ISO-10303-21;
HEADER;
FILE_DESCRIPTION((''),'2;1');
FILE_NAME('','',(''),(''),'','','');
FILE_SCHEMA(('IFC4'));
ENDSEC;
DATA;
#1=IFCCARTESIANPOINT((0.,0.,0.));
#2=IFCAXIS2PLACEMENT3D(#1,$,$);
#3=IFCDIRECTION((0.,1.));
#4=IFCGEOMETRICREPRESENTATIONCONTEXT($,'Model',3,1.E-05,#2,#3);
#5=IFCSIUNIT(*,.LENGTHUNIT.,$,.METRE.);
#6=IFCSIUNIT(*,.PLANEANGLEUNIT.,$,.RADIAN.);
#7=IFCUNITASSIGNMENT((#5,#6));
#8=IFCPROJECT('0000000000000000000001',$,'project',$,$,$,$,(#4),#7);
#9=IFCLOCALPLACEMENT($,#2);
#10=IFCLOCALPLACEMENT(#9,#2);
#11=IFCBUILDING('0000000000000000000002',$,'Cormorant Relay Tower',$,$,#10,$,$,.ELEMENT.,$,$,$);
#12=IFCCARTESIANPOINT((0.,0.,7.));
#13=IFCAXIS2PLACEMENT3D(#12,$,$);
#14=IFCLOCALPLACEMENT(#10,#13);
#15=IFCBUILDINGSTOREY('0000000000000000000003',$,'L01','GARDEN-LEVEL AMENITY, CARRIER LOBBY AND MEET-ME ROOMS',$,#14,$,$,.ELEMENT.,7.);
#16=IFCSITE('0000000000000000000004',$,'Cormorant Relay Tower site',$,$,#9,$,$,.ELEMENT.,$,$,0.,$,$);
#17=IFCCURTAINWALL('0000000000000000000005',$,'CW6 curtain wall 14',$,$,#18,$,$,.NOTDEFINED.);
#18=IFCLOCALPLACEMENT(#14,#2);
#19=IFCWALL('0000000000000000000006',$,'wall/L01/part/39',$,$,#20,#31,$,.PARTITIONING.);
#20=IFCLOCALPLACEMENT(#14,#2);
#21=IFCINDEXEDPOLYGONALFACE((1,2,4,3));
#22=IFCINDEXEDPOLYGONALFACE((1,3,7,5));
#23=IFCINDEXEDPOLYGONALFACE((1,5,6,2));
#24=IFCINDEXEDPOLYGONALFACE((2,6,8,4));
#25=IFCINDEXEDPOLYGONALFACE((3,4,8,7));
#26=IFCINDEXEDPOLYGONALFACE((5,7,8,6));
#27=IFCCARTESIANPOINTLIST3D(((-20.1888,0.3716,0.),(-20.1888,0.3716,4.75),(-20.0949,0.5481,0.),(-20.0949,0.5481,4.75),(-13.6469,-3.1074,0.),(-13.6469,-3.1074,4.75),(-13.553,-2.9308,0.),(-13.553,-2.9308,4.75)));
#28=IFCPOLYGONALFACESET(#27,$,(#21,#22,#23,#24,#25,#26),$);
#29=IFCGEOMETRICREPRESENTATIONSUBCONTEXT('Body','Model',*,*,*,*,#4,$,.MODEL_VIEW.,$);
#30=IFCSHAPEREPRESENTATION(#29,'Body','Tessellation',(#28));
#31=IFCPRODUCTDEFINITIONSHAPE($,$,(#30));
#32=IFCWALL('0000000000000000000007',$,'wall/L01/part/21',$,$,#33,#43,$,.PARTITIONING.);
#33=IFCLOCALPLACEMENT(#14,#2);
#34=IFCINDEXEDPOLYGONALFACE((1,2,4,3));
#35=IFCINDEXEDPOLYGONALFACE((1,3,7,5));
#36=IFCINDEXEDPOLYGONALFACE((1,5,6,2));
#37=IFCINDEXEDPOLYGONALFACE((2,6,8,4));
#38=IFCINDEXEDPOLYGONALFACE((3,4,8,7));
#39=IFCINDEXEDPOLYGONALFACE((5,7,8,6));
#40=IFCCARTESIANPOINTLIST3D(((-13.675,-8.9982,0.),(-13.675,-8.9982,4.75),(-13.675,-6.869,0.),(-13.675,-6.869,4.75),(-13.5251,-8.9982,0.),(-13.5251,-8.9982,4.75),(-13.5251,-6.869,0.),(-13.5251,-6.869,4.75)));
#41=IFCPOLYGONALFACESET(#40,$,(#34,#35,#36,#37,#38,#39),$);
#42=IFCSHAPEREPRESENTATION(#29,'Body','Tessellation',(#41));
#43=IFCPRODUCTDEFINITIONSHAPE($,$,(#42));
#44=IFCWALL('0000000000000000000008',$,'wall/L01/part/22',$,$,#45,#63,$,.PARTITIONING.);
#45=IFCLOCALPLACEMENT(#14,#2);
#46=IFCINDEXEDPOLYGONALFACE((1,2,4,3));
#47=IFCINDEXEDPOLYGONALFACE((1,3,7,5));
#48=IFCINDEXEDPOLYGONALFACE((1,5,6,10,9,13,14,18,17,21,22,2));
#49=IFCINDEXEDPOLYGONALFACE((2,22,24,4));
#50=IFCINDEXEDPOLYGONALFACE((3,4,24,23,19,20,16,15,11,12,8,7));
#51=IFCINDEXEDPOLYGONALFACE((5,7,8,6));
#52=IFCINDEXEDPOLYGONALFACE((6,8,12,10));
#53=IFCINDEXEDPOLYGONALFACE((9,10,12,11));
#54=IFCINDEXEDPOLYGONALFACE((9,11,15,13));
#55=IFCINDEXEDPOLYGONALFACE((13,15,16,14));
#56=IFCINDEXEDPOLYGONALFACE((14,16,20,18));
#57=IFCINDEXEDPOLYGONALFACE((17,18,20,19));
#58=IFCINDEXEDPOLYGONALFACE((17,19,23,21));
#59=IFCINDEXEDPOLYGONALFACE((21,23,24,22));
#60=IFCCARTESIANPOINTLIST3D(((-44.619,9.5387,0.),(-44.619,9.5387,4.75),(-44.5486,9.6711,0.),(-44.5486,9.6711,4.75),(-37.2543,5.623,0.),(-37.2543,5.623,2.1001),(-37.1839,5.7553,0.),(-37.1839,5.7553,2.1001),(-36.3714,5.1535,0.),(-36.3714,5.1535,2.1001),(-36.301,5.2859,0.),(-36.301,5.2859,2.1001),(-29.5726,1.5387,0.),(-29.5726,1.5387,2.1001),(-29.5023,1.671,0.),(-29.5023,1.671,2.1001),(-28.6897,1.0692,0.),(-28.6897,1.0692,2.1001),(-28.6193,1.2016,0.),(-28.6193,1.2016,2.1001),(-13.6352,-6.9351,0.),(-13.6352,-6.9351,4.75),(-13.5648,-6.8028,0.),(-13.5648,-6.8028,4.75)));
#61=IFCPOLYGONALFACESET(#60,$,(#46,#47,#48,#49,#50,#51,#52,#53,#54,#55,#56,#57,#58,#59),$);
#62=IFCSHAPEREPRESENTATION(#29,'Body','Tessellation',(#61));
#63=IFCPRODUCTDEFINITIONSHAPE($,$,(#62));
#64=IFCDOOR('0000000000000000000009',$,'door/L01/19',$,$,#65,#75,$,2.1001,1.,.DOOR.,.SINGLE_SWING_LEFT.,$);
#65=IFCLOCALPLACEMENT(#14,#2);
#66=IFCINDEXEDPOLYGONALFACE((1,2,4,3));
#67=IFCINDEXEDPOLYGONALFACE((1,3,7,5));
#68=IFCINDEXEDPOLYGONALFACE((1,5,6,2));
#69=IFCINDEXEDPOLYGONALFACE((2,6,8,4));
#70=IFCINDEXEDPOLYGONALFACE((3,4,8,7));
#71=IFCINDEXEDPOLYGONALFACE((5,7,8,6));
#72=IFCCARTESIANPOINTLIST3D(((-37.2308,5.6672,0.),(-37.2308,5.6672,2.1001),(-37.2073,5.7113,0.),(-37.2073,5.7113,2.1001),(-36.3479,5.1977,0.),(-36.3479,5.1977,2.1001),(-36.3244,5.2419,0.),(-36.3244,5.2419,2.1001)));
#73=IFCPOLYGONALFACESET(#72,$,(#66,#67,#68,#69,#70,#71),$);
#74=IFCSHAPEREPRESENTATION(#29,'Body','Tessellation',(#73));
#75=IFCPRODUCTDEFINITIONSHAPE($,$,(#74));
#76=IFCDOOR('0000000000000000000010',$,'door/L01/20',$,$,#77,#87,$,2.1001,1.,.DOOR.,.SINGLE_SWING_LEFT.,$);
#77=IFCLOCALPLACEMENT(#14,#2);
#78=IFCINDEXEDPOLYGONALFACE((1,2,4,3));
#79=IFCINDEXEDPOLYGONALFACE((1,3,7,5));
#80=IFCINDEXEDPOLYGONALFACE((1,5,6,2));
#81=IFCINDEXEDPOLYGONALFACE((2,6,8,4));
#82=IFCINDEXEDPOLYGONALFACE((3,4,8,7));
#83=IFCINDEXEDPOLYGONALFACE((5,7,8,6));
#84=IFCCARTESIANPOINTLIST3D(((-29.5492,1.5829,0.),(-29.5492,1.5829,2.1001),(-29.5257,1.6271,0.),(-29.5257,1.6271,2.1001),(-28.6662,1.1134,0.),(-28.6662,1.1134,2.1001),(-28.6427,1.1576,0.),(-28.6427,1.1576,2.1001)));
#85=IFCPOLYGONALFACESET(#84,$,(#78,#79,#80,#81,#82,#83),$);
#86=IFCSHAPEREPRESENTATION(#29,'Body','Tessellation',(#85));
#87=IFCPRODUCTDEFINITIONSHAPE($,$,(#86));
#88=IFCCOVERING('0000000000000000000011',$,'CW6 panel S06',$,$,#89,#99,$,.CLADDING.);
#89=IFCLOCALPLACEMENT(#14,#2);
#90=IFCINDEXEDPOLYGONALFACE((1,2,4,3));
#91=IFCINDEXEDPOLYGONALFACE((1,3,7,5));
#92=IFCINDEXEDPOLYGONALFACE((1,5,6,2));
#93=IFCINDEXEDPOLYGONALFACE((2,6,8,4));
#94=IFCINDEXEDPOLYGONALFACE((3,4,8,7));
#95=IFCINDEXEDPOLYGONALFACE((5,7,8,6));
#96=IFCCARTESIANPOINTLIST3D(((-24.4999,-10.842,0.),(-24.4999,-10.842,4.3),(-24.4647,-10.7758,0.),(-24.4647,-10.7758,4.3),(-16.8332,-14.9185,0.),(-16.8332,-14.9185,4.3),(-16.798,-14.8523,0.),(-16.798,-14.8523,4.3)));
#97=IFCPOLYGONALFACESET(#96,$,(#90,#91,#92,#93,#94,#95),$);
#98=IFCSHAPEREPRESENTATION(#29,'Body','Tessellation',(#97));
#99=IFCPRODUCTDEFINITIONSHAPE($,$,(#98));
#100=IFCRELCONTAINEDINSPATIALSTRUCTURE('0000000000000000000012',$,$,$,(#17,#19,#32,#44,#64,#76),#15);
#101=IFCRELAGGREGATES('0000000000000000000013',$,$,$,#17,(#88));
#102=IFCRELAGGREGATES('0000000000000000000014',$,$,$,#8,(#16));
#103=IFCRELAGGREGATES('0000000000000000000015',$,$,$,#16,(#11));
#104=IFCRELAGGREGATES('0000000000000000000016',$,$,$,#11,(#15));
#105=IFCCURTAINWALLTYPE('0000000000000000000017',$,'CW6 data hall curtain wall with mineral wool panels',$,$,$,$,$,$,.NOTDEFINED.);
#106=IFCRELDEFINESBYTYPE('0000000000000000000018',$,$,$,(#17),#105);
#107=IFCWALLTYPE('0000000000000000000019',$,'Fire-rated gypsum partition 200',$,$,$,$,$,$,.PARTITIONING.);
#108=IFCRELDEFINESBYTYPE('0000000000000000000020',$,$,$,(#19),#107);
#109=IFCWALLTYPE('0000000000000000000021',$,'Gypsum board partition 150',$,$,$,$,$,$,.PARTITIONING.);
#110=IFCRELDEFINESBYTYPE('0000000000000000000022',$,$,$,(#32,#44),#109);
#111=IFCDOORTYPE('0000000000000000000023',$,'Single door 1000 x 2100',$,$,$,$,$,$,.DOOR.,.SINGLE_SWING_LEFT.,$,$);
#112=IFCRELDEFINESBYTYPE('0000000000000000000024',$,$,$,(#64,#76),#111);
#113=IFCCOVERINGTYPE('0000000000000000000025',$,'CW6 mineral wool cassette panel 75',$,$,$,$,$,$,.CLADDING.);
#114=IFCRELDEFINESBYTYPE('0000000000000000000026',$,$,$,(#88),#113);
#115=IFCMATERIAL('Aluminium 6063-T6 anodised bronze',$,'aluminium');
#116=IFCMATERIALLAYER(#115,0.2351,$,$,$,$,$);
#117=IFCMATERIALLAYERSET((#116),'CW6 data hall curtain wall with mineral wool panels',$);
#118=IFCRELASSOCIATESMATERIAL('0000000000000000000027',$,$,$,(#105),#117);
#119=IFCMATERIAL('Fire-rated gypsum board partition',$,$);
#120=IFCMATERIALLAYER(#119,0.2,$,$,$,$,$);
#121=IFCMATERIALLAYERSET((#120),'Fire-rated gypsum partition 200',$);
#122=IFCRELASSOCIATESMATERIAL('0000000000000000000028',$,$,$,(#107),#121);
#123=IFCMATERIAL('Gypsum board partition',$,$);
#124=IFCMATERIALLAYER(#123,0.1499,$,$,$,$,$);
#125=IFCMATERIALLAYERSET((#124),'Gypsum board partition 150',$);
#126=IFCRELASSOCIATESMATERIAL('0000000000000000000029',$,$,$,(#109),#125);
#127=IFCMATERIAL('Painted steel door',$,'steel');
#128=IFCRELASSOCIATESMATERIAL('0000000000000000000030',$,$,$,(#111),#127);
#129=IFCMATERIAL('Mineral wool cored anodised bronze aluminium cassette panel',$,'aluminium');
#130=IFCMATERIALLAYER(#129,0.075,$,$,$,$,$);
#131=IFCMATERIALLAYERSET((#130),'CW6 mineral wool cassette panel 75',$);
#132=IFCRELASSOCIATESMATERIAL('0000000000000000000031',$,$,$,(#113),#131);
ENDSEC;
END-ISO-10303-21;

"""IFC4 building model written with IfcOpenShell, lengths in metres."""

from ifc_helpers import new_model, si_unit, direction, frame, frame_2d, origin, origin_2d, place, context, subcontext, project, spatial, rectangle, extrude, material, layer, layer_set, type_object, element, fill, aggregate, save


model = new_model("IFC4")

# Units and contexts
model_context = context("Model", 3, precision=1e-05, world=origin(), true_north=direction((0.0, 1.0)))
body_context = subcontext(model_context, "Body", "Model", "MODEL_VIEW")
ifc_project = project(units=[si_unit("LENGTHUNIT", "METRE"), si_unit("PLANEANGLEUNIT", "RADIAN")], contexts=[model_context])

# Site, building, storey
site_placement = place(None, origin())
site = spatial("IfcSite", under=ifc_project, at=site_placement, Name="Cormorant Relay Tower site", CompositionType="ELEMENT", RefElevation=0.0)
building_placement = place(site_placement, origin())
building = spatial("IfcBuilding", under=site, at=building_placement, Name="Cormorant Relay Tower", CompositionType="ELEMENT")
storey_placement = place(building_placement, frame((0.0, 0.0, 7.0)))
storey = spatial("IfcBuildingStorey", under=building, at=storey_placement, Name="L01", Description="GARDEN-LEVEL AMENITY, CARRIER LOBBY AND MEET-ME ROOMS", CompositionType="ELEMENT", Elevation=7.0)

# Curtain wall
ifc_material_1 = material(Name="Aluminium 6063-T6 anodised bronze", Category="aluminium")
ifc_layer_1 = layer(ifc_material_1, 0.2351)
ifc_layer_set_1 = layer_set([ifc_layer_1], Name="CW6 data hall curtain wall with mineral wool panels")
curtain_wall_type = type_object("IfcCurtainWallType", Name="CW6 data hall curtain wall with mineral wool panels", PredefinedType="NOTDEFINED", material=ifc_layer_set_1)
curtain_wall_placement = place(storey_placement, origin())
curtain_wall = element("IfcCurtainWall", 1, at=curtain_wall_placement, inside=storey, type_object=curtain_wall_type, Name="CW6 curtain wall 14", PredefinedType="NOTDEFINED")

# Walls
ifc_material_2 = material(Name="Fire-rated gypsum board partition")
ifc_layer_2 = layer(ifc_material_2, 0.2)
ifc_layer_set_2 = layer_set([ifc_layer_2], Name="Fire-rated gypsum partition 200")
wall_type_1 = type_object("IfcWallType", Name="Fire-rated gypsum partition 200", PredefinedType="PARTITIONING", material=ifc_layer_set_2)
wall_1_placement = place(storey_placement, frame((-13.6001, -3.019, 0.0), z_axis=(0.0, 0.0, 1.0), x_axis=(-0.882916, 0.469531, 0.0)))
element("IfcWall", 2, at=wall_1_placement, inside=storey, type_object=wall_type_1, Name="wall/L01/part/39", PredefinedType="PARTITIONING", context=body_context, shape_type="SweptSolid", body=[
    extrude(rectangle(XDim=7.4094, YDim=0.2, at=frame_2d((3.7046, 0.0))), origin(), (0.0, 0.0, 1.0), 4.75),
])
ifc_material_3 = material(Name="Gypsum board partition")
ifc_layer_3 = layer(ifc_material_3, 0.1499)
ifc_layer_set_3 = layer_set([ifc_layer_3], Name="Gypsum board partition 150")
wall_type_2 = type_object("IfcWallType", Name="Gypsum board partition 150", PredefinedType="PARTITIONING", material=ifc_layer_set_3)
wall_2_placement = place(storey_placement, frame((-13.6001, -8.998, 0.0), z_axis=(0.0, 0.0, 1.0), x_axis=(0.0, 1.0, 0.0)))
element("IfcWall", 3, at=wall_2_placement, inside=storey, type_object=wall_type_2, Name="wall/L01/part/21", PredefinedType="PARTITIONING", context=body_context, shape_type="SweptSolid", body=[
    extrude(rectangle(XDim=2.1292, YDim=0.1499, at=frame_2d((1.0645, 0.0))), origin(), (0.0, 0.0, 1.0), 4.75),
])

# Wall, openings, doors
wall_3_placement = place(storey_placement, frame((-13.6001, -6.8689, 0.0), z_axis=(0.0, 0.0, 1.0), x_axis=(-0.882954, 0.469459, 0.0)))
wall_3 = element("IfcWall", 4, at=wall_3_placement, inside=storey, type_object=wall_type_2, Name="wall/L01/part/22", PredefinedType="PARTITIONING", context=body_context, shape_type="SweptSolid", body=[
    extrude(rectangle(XDim=35.0911, YDim=0.1499, at=frame_2d((17.5454, 0.0))), origin(), (0.0, 0.0, 1.0), 4.75),
])
opening_1_placement = place(wall_3_placement, frame((25.75, 0.0, 0.0)))
opening_1 = element("IfcOpeningElement", 5, at=opening_1_placement, cuts=wall_3, PredefinedType="OPENING", context=body_context, shape_type="SweptSolid", body=[
    extrude(rectangle(XDim=1.0, YDim=2.1001, at=frame_2d((0.5, 1.05))), frame((0.0, 0.085, 0.0), z_axis=(0.0, -1.0, 0.0), x_axis=(1.0, 0.0, 0.0)), (0.0, 0.0, 1.0), 0.1699),
])
opening_2_placement = place(wall_3_placement, frame((17.05, 0.0, 0.0)))
opening_2 = element("IfcOpeningElement", 6, at=opening_2_placement, cuts=wall_3, PredefinedType="OPENING", context=body_context, shape_type="SweptSolid", body=[
    extrude(rectangle(XDim=1.0, YDim=2.1001, at=frame_2d((0.5, 1.05))), frame((0.0, 0.085, 0.0), z_axis=(0.0, -1.0, 0.0), x_axis=(1.0, 0.0, 0.0)), (0.0, 0.0, 1.0), 0.1699),
])
ifc_material_4 = material(Name="Painted steel door", Category="steel")
door_type = type_object("IfcDoorType", Name="Single door 1000 x 2100", OperationType="SINGLE_SWING_LEFT", PredefinedType="DOOR", material=ifc_material_4)
door_1_placement = place(opening_1_placement, origin())
door_1 = element("IfcDoor", 7, at=door_1_placement, inside=storey, type_object=door_type, Name="door/L01/19", OperationType="SINGLE_SWING_LEFT", OverallHeight=2.1001, OverallWidth=1.0, PredefinedType="DOOR", context=body_context, shape_type="SweptSolid", body=[
    extrude(rectangle(XDim=1.0, YDim=2.1001, at=frame_2d((0.5, 1.05))), frame((0.0, 0.0249, 0.0), z_axis=(0.0, -1.0, 0.0), x_axis=(1.0, 0.0, 0.0)), (0.0, 0.0, 1.0), 0.05),
])
fill(opening_1, door_1)
door_2_placement = place(opening_2_placement, origin())
door_2 = element("IfcDoor", 8, at=door_2_placement, inside=storey, type_object=door_type, Name="door/L01/20", OperationType="SINGLE_SWING_LEFT", OverallHeight=2.1001, OverallWidth=1.0, PredefinedType="DOOR", context=body_context, shape_type="SweptSolid", body=[
    extrude(rectangle(XDim=1.0, YDim=2.1001, at=frame_2d((0.5, 1.05))), frame((0.0, 0.0249, 0.0), z_axis=(0.0, -1.0, 0.0), x_axis=(1.0, 0.0, 0.0)), (0.0, 0.0, 1.0), 0.05),
])
fill(opening_2, door_2)

# Covering
ifc_material_5 = material(Name="Mineral wool cored anodised bronze aluminium cassette panel", Category="aluminium")
ifc_layer_4 = layer(ifc_material_5, 0.075)
ifc_layer_set_4 = layer_set([ifc_layer_4], Name="CW6 mineral wool cassette panel 75")
covering_type = type_object("IfcCoveringType", Name="CW6 mineral wool cassette panel 75", PredefinedType="CLADDING", material=ifc_layer_set_4)
covering_placement = place(storey_placement, frame((-20.6489, -12.8472, 0.0), z_axis=(0.0, 0.0, 1.0), x_axis=(0.882948, -0.469472, 0.0)))
covering = element("IfcCovering", 9, at=covering_placement, type_object=covering_type, Name="CW6 panel S06", PredefinedType="CLADDING", context=body_context, shape_type="SweptSolid", body=[
    extrude(rectangle(XDim=8.6831, YDim=0.075, at=origin_2d()), origin(), (0.0, 0.0, 1.0), 4.3),
])
aggregate(curtain_wall, [covering])

save(model, "model.ifc")
